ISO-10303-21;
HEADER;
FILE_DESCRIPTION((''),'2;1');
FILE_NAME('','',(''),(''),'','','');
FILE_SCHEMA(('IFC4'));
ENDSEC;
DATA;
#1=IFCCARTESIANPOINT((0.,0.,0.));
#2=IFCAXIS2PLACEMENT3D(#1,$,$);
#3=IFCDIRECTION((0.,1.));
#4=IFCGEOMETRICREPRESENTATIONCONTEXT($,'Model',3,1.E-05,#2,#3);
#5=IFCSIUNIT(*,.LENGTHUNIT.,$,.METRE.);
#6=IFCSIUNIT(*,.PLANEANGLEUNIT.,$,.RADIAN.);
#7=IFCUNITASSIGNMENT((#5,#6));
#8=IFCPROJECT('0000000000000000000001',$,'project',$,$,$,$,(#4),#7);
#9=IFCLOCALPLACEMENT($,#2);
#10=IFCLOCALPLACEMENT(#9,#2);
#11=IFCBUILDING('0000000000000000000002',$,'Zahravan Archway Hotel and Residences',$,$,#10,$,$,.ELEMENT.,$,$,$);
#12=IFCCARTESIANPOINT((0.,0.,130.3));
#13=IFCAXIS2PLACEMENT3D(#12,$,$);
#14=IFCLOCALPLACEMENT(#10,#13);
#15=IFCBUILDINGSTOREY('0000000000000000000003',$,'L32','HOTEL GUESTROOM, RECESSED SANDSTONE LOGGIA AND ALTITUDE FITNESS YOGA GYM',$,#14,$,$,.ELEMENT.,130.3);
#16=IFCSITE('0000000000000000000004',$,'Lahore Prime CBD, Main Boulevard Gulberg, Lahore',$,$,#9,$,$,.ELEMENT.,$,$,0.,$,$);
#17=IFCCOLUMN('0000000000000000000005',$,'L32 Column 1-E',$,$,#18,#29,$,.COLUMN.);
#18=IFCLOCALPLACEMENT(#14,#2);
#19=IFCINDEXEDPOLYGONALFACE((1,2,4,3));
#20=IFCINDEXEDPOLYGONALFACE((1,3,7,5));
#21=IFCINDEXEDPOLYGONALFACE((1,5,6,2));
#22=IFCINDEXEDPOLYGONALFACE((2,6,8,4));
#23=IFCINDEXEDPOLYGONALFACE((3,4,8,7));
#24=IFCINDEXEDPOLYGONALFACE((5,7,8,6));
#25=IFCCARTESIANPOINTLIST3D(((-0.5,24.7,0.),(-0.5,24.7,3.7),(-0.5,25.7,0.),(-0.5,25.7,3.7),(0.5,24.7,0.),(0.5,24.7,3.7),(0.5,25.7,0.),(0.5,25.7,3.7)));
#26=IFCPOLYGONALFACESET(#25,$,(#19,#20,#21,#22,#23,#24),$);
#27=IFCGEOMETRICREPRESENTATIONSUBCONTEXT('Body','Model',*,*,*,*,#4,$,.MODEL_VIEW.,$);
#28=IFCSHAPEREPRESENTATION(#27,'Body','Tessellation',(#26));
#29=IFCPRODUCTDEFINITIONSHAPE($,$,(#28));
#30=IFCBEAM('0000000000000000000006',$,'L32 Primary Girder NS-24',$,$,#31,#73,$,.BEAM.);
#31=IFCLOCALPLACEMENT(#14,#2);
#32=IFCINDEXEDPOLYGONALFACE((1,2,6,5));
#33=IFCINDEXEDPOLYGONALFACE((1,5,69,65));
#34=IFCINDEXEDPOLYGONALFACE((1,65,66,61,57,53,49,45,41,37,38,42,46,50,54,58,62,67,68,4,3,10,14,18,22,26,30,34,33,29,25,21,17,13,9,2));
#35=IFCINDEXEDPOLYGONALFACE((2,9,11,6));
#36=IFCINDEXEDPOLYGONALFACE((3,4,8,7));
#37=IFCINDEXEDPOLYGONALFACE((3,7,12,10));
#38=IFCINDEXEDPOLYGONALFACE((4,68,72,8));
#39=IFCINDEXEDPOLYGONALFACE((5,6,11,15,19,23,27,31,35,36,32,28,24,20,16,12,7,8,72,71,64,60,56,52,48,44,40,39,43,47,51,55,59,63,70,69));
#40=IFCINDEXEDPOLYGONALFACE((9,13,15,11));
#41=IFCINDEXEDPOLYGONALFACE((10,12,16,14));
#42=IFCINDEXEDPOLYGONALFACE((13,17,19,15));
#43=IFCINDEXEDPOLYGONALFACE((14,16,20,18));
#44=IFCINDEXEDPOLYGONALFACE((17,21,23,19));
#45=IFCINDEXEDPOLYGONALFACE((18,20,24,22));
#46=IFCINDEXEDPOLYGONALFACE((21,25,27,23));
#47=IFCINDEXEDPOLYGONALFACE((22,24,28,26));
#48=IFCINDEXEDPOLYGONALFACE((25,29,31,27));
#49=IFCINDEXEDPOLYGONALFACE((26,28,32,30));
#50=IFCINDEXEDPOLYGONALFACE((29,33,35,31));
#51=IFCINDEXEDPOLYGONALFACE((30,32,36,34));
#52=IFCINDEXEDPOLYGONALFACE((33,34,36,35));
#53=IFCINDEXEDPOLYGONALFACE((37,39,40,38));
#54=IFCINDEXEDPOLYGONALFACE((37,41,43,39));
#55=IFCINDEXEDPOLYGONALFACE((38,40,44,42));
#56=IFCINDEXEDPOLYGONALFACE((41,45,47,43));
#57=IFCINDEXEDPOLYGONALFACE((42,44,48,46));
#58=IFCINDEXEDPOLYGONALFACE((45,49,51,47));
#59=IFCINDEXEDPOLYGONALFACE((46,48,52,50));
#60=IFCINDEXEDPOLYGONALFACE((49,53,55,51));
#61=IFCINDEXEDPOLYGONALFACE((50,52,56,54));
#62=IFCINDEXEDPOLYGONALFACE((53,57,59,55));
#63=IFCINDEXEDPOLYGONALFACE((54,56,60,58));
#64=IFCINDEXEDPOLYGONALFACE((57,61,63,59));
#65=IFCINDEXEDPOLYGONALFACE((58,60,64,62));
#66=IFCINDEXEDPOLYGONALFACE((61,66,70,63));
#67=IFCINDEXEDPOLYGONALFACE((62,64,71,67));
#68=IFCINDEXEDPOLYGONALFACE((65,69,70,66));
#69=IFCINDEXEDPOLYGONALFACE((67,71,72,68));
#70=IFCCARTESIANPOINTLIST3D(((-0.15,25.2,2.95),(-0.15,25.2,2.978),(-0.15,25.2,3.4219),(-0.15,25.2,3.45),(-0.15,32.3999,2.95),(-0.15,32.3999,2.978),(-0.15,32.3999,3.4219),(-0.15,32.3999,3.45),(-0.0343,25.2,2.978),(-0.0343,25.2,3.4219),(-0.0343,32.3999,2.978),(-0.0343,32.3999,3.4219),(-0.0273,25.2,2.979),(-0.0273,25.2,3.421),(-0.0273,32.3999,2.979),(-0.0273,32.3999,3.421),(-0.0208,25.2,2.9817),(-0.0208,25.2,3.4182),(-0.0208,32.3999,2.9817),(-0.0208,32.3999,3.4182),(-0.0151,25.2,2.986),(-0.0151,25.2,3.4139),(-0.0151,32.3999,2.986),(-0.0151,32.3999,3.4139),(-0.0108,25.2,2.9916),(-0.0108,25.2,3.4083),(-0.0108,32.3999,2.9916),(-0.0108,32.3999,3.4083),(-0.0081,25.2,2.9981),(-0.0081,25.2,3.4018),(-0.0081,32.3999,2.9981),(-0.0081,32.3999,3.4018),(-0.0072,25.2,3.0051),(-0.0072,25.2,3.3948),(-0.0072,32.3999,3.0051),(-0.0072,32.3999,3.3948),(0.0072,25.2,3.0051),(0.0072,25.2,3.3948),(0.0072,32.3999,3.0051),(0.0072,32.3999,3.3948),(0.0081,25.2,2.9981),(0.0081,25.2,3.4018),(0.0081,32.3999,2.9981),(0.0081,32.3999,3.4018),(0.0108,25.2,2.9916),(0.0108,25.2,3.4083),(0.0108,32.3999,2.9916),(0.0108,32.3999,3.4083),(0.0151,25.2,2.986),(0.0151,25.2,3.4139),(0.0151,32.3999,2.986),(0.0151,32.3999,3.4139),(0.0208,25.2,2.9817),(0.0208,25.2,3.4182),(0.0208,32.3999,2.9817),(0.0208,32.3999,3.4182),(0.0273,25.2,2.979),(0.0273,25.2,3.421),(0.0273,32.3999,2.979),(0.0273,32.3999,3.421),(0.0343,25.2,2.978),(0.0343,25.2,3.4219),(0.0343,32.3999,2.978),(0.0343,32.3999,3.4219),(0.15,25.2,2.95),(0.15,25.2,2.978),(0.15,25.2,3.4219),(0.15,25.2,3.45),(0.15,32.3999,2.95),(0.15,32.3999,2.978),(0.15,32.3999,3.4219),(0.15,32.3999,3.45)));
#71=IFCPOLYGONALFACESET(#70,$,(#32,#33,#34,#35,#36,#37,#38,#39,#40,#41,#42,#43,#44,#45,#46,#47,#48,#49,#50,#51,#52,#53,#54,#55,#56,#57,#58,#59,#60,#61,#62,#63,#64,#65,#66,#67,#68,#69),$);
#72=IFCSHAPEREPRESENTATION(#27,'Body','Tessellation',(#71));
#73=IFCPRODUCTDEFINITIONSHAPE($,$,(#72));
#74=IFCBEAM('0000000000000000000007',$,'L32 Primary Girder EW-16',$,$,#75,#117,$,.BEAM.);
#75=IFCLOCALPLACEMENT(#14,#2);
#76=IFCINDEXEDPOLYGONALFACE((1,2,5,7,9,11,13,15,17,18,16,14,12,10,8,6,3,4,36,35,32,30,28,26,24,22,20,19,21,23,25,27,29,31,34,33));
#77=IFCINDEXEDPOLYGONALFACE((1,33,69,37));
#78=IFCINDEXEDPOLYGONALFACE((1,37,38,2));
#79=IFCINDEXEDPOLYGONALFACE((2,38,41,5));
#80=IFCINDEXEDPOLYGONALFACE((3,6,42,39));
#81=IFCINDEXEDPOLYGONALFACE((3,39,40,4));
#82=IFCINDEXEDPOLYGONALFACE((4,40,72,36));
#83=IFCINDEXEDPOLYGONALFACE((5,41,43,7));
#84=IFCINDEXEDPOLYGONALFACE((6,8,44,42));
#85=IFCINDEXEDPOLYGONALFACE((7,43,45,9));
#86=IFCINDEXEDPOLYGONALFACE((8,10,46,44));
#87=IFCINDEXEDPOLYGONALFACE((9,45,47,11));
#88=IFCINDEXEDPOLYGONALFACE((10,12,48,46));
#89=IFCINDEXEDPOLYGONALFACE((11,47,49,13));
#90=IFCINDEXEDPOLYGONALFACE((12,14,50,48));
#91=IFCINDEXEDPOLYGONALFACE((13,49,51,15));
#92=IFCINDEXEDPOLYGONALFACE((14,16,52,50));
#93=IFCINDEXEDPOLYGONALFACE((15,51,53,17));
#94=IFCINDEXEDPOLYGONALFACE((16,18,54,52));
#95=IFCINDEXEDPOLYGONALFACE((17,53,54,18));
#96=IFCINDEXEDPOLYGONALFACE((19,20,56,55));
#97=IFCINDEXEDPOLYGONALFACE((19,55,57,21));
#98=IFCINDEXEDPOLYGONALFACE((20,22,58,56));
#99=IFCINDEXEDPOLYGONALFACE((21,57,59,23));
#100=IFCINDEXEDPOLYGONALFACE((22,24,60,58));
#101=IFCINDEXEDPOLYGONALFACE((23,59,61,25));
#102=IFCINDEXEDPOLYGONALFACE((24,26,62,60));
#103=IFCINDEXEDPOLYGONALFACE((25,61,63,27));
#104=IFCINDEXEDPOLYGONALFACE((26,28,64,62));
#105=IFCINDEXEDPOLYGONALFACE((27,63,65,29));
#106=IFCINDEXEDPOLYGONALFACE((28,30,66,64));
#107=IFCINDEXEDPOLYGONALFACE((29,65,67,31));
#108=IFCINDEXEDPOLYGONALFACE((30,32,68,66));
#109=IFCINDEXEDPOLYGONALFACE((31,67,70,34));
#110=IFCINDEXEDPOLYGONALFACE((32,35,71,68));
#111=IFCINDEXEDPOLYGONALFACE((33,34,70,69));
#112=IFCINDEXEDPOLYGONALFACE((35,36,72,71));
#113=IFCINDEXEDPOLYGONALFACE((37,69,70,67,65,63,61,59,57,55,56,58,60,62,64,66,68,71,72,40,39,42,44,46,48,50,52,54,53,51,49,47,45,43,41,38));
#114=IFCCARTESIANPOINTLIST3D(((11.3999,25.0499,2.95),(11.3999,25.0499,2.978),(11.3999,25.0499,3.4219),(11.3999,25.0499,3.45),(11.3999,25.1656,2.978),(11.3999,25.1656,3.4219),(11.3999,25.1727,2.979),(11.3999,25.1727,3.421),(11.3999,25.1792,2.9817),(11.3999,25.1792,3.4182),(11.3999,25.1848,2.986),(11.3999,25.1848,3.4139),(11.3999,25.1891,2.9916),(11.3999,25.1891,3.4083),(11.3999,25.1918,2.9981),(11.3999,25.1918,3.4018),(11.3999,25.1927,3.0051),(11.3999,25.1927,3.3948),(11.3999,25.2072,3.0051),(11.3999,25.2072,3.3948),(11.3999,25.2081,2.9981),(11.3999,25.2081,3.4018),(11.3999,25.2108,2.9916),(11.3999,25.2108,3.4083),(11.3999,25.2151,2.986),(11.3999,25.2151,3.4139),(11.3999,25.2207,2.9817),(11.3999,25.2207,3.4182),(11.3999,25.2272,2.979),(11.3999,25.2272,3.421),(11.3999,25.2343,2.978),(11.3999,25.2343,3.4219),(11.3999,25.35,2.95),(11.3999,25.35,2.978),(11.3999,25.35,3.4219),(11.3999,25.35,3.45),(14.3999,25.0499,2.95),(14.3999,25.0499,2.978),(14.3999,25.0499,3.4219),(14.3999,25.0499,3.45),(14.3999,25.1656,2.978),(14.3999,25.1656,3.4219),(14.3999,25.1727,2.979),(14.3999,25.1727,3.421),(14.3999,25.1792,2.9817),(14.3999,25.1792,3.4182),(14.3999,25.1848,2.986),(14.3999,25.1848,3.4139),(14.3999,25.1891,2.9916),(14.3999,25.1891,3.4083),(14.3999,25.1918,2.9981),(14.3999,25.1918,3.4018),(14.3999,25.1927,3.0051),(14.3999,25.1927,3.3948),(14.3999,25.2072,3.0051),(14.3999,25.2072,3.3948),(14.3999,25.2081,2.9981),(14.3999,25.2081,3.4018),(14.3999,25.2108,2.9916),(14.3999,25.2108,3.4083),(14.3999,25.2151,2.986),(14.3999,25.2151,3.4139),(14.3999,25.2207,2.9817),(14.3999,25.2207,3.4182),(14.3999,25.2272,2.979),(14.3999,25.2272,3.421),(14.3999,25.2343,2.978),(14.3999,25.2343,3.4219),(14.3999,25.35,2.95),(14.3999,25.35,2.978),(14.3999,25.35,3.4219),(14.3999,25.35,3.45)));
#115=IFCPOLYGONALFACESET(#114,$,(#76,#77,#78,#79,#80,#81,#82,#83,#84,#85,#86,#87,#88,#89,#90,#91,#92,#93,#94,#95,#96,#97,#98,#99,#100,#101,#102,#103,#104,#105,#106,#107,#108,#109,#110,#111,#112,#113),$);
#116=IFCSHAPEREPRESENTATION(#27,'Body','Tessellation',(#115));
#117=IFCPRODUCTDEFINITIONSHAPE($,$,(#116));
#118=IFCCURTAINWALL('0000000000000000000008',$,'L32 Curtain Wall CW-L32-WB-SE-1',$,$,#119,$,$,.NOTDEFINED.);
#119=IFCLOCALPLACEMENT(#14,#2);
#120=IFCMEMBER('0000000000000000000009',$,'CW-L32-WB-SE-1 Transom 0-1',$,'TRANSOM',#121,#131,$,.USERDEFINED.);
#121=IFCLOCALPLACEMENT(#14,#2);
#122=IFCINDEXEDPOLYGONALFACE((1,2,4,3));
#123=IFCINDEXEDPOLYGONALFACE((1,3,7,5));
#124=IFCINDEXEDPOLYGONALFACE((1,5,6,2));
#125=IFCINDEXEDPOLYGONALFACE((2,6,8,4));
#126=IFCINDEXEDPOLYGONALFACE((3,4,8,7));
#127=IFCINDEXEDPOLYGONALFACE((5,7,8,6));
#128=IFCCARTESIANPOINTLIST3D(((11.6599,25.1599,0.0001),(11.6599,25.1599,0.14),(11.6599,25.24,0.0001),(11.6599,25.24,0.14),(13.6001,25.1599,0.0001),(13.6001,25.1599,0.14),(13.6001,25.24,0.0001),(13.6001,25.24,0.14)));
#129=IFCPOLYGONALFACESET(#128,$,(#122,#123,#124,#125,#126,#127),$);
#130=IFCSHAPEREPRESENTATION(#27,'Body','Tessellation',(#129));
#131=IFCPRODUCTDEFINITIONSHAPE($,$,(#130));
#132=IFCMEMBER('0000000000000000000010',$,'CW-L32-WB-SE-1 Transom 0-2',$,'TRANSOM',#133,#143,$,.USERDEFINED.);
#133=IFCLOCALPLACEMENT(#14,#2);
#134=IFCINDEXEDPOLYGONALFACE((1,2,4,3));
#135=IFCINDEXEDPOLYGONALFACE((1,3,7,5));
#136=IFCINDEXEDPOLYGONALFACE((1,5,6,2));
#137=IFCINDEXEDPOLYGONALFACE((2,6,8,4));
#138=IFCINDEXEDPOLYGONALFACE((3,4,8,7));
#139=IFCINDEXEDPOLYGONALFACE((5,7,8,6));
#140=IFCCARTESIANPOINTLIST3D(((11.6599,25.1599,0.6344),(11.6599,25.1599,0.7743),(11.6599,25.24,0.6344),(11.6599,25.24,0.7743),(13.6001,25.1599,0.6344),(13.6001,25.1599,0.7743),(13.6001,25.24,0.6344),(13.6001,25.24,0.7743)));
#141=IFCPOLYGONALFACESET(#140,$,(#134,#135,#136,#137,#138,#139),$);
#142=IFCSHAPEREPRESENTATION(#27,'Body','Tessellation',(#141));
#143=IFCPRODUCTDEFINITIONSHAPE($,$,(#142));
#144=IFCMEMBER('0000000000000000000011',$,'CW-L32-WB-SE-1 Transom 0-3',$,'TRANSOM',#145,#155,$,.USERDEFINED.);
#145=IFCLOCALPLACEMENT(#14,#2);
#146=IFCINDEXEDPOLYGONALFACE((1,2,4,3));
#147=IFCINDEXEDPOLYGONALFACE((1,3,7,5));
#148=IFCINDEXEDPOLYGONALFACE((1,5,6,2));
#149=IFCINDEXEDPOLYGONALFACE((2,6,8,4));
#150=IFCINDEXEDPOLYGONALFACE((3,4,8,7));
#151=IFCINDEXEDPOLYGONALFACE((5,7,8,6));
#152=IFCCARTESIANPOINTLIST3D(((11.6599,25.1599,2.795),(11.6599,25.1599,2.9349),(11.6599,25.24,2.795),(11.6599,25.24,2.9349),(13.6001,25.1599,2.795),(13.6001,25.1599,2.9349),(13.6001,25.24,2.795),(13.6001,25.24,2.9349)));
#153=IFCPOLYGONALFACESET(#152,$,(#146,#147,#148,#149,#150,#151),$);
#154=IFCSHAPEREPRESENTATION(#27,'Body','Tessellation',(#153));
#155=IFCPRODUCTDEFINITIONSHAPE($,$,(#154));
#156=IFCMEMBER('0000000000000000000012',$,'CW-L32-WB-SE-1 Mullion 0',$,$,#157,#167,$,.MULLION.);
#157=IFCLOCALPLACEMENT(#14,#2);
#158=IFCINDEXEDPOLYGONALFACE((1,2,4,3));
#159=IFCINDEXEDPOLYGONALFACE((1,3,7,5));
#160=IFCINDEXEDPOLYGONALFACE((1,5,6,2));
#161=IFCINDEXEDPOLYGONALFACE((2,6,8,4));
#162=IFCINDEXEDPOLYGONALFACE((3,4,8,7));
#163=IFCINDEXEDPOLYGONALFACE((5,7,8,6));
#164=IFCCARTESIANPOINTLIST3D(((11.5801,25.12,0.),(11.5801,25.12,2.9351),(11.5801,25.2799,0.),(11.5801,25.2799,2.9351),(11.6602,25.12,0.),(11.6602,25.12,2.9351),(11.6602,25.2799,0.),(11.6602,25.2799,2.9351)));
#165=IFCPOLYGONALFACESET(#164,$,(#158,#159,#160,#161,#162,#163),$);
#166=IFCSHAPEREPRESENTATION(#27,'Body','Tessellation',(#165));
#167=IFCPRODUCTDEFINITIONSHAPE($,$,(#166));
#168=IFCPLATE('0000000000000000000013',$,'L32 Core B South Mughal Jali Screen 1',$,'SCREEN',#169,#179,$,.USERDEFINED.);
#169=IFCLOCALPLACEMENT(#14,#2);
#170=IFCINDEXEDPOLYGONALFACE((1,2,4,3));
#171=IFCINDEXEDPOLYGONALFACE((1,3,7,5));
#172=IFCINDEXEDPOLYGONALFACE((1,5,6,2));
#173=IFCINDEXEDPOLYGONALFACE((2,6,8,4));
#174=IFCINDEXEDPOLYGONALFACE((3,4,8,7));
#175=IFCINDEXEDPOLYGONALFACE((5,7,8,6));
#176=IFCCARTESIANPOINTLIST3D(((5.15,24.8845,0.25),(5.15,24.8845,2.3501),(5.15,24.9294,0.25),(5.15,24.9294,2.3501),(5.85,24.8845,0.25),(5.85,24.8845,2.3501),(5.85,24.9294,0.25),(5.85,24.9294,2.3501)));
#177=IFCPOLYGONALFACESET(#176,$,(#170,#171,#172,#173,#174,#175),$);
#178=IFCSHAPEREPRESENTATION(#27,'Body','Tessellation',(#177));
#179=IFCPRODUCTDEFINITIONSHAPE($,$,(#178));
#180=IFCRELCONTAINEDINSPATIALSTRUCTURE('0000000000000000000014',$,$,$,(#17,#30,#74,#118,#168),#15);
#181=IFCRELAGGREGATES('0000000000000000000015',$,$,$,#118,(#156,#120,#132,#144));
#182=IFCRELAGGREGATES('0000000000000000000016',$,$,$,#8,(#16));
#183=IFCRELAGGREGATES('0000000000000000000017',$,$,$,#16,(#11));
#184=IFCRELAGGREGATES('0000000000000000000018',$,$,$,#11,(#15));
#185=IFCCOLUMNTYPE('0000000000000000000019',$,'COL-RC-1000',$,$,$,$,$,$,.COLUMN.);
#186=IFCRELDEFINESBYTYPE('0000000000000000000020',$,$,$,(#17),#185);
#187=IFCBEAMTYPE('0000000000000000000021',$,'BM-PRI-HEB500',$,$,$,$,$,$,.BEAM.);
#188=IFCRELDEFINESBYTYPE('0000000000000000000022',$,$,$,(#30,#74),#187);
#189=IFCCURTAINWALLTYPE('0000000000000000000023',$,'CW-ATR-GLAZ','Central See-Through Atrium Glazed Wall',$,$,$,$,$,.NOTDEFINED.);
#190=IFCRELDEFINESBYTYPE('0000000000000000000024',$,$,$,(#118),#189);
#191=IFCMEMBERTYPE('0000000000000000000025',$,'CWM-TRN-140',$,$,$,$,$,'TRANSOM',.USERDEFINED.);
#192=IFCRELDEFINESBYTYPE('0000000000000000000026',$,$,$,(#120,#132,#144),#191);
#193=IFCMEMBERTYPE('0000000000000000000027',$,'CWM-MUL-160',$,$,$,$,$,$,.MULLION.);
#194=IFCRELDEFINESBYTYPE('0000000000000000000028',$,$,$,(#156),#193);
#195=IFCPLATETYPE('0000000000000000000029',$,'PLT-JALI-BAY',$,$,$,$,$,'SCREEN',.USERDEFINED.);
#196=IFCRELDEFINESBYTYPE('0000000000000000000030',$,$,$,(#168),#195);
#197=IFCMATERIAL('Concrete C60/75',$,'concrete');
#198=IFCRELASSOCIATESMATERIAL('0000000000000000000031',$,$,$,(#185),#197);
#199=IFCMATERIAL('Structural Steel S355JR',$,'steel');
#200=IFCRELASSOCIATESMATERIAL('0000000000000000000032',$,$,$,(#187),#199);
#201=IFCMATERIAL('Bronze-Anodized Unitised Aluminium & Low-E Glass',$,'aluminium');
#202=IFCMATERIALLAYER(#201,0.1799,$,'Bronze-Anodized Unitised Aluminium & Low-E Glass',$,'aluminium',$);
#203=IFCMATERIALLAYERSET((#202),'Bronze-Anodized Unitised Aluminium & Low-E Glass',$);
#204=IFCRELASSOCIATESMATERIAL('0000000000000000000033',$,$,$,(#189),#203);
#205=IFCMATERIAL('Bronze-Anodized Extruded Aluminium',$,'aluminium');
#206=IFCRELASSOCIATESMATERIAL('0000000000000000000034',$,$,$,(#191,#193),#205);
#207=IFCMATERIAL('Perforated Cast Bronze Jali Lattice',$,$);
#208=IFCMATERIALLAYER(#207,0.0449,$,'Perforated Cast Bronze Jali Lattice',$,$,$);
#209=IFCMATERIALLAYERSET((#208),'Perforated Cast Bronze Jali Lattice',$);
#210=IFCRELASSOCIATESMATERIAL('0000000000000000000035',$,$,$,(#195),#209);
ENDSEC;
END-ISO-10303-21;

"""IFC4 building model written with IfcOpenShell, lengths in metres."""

from ifc_helpers import new_model, si_unit, direction, frame, origin, origin_2d, place, context, subcontext, project, spatial, rectangle, i_section, extrude, source, transform, mapped, material, layer, layer_set, material_profile, profile_set, type_object, type_shapes, element, aggregate, save


model = new_model("IFC4")

# Units and contexts
model_context = context("Model", 3, precision=1e-05, world=origin(), true_north=direction((0.0, 1.0)))
body_context = subcontext(model_context, "Body", "Model", "MODEL_VIEW")
ifc_project = project(units=[si_unit("LENGTHUNIT", "METRE"), si_unit("PLANEANGLEUNIT", "RADIAN")], contexts=[model_context])

# Site, building, storey
site_placement = place(None, origin())
site = spatial("IfcSite", under=ifc_project, at=site_placement, Name="Lahore Prime CBD, Main Boulevard Gulberg, Lahore", CompositionType="ELEMENT", RefElevation=0.0)
building_placement = place(site_placement, origin())
building = spatial("IfcBuilding", under=site, at=building_placement, Name="Zahravan Archway Hotel and Residences", CompositionType="ELEMENT")
storey_placement = place(building_placement, frame((0.0, 0.0, 130.3)))
storey = spatial("IfcBuildingStorey", under=building, at=storey_placement, Name="L32", Description="HOTEL GUESTROOM, RECESSED SANDSTONE LOGGIA AND ALTITUDE FITNESS YOGA GYM", CompositionType="ELEMENT", Elevation=130.3)

# Column
ifc_material_1 = material(Name="Concrete C60/75", Category="concrete")
ifc_material_profile_1 = material_profile(ifc_material_1, rectangle(XDim=1.0, YDim=1.0, at=origin_2d()), Name="RC-COL-1000x1000", Category="concrete")
ifc_profile_set_1 = profile_set([ifc_material_profile_1], Name="Concrete C60/75")
column_type = type_object("IfcColumnType", Name="COL-RC-1000", PredefinedType="COLUMN", material=ifc_profile_set_1)
shared_shape_1 = source(origin(), body_context, "Body", "SweptSolid", [
    extrude(rectangle(XDim=1.0, YDim=1.0, at=origin_2d()), origin(), (0.0, 0.0, 1.0), 3.7),
])
type_shapes(column_type, [shared_shape_1])
column_placement = place(storey_placement, frame((0.0, 25.2, 0.0), z_axis=(0.0, 0.0, 1.0), x_axis=(1.0, 0.0, 0.0)))
element("IfcColumn", 1, at=column_placement, inside=storey, type_object=column_type, Name="L32 Column 1-E", PredefinedType="COLUMN", context=body_context, shape_type="MappedRepresentation", body=[
    mapped(shared_shape_1, transform((0.0, 0.0, 0.0), scale=1.0)),
])

# Beams
ifc_material_2 = material(Name="Structural Steel S355JR", Category="steel")
ifc_material_profile_2 = material_profile(ifc_material_2, i_section(OverallWidth=0.3, OverallDepth=0.5, WebThickness=0.0144, FlangeThickness=0.0281, FilletRadius=0.0271, at=origin_2d()), Name="HEB 500", Category="steel")
ifc_profile_set_2 = profile_set([ifc_material_profile_2], Name="Structural Steel S355JR")
beam_type = type_object("IfcBeamType", Name="BM-PRI-HEB500", PredefinedType="BEAM", material=ifc_profile_set_2)
shared_shape_2 = source(origin(), body_context, "Body", "SweptSolid", [
    extrude(i_section(OverallWidth=0.3, OverallDepth=0.5, WebThickness=0.0144, FlangeThickness=0.0281, FilletRadius=0.0271, at=origin_2d()), origin(), (0.0, 0.0, 1.0), 7.2),
])
beam_1_placement = place(storey_placement, frame((0.0, 25.2, 3.2), z_axis=(0.0, 1.0, 0.0), x_axis=(-1.0, 0.0, 0.0)))
element("IfcBeam", 2, at=beam_1_placement, inside=storey, type_object=beam_type, Name="L32 Primary Girder NS-24", PredefinedType="BEAM", context=body_context, shape_type="MappedRepresentation", body=[
    mapped(shared_shape_2, transform((0.0, 0.0, 0.0), scale=1.0)),
])
shared_shape_3 = source(origin(), body_context, "Body", "SweptSolid", [
    extrude(i_section(OverallWidth=0.3, OverallDepth=0.5, WebThickness=0.0144, FlangeThickness=0.0281, FilletRadius=0.0271, at=origin_2d()), origin(), (0.0, 0.0, 1.0), 3.0),
])
beam_2_placement = place(storey_placement, frame((11.3999, 25.2, 3.2), z_axis=(1.0, 0.0, 0.0), x_axis=(0.0, 1.0, 0.0)))
element("IfcBeam", 3, at=beam_2_placement, inside=storey, type_object=beam_type, Name="L32 Primary Girder EW-16", PredefinedType="BEAM", context=body_context, shape_type="MappedRepresentation", body=[
    mapped(shared_shape_3, transform((0.0, 0.0, 0.0), scale=1.0)),
])

# Curtain wall, members
ifc_material_3 = material(Name="Bronze-Anodized Unitised Aluminium & Low-E Glass", Category="aluminium")
ifc_layer_1 = layer(ifc_material_3, 0.1799, Name="Bronze-Anodized Unitised Aluminium & Low-E Glass", Category="aluminium")
ifc_layer_set_1 = layer_set([ifc_layer_1], Name="Bronze-Anodized Unitised Aluminium & Low-E Glass")
curtain_wall_type = type_object("IfcCurtainWallType", Name="CW-ATR-GLAZ", Description="Central See-Through Atrium Glazed Wall", PredefinedType="NOTDEFINED", material=ifc_layer_set_1)
curtain_wall_placement = place(storey_placement, origin())
curtain_wall = element("IfcCurtainWall", 4, at=curtain_wall_placement, inside=storey, type_object=curtain_wall_type, Name="L32 Curtain Wall CW-L32-WB-SE-1", PredefinedType="NOTDEFINED")
ifc_material_4 = material(Name="Bronze-Anodized Extruded Aluminium", Category="aluminium")
ifc_material_profile_3 = material_profile(ifc_material_4, rectangle(XDim=0.0801, YDim=0.1399, at=origin_2d()), Name="TRN 80x140", Category="aluminium")
ifc_profile_set_3 = profile_set([ifc_material_profile_3], Name="Bronze-Anodized Extruded Aluminium")
member_type_1 = type_object("IfcMemberType", Name="CWM-TRN-140", ElementType="TRANSOM", PredefinedType="USERDEFINED", material=ifc_profile_set_3)
shared_shape_4 = source(origin(), body_context, "Body", "SweptSolid", [
    extrude(rectangle(XDim=0.0801, YDim=0.1399, at=origin_2d()), origin(), (0.0, 0.0, 1.0), 1.9402),
])
member_1_placement = place(storey_placement, frame((11.6599, 25.2, 0.0701), z_axis=(1.0, 0.0, 0.0), x_axis=(0.0, 1.0, 0.0)))
member_1 = element("IfcMember", 5, at=member_1_placement, type_object=member_type_1, Name="CW-L32-WB-SE-1 Transom 0-1", ObjectType="TRANSOM", PredefinedType="USERDEFINED", context=body_context, shape_type="MappedRepresentation", body=[
    mapped(shared_shape_4, transform((0.0, 0.0, 0.0), scale=1.0)),
])
member_2_placement = place(storey_placement, frame((11.6599, 25.2, 0.7043), z_axis=(1.0, 0.0, 0.0), x_axis=(0.0, 1.0, 0.0)))
member_2 = element("IfcMember", 6, at=member_2_placement, type_object=member_type_1, Name="CW-L32-WB-SE-1 Transom 0-2", ObjectType="TRANSOM", PredefinedType="USERDEFINED", context=body_context, shape_type="MappedRepresentation", body=[
    mapped(shared_shape_4, transform((0.0, 0.0, 0.0), scale=1.0)),
])
member_3_placement = place(storey_placement, frame((11.6599, 25.2, 2.865), z_axis=(1.0, 0.0, 0.0), x_axis=(0.0, 1.0, 0.0)))
member_3 = element("IfcMember", 7, at=member_3_placement, type_object=member_type_1, Name="CW-L32-WB-SE-1 Transom 0-3", ObjectType="TRANSOM", PredefinedType="USERDEFINED", context=body_context, shape_type="MappedRepresentation", body=[
    mapped(shared_shape_4, transform((0.0, 0.0, 0.0), scale=1.0)),
])
ifc_material_profile_4 = material_profile(ifc_material_4, rectangle(XDim=0.0801, YDim=0.1599, at=origin_2d()), Name="MUL 80x160", Category="aluminium")
ifc_profile_set_4 = profile_set([ifc_material_profile_4], Name="Bronze-Anodized Extruded Aluminium")
member_type_2 = type_object("IfcMemberType", Name="CWM-MUL-160", PredefinedType="MULLION", material=ifc_profile_set_4)
shared_shape_5 = source(origin(), body_context, "Body", "SweptSolid", [
    extrude(rectangle(XDim=0.0801, YDim=0.1599, at=origin_2d()), origin(), (0.0, 0.0, 1.0), 2.9351),
])
member_4_placement = place(storey_placement, frame((11.6201, 25.2, 0.0), z_axis=(0.0, 0.0, 1.0), x_axis=(1.0, 0.0, 0.0)))
member_4 = element("IfcMember", 8, at=member_4_placement, type_object=member_type_2, Name="CW-L32-WB-SE-1 Mullion 0", PredefinedType="MULLION", context=body_context, shape_type="MappedRepresentation", body=[
    mapped(shared_shape_5, transform((0.0, 0.0, 0.0), scale=1.0)),
])

# Plate
ifc_material_5 = material(Name="Perforated Cast Bronze Jali Lattice")
ifc_layer_2 = layer(ifc_material_5, 0.0449, Name="Perforated Cast Bronze Jali Lattice")
ifc_layer_set_2 = layer_set([ifc_layer_2], Name="Perforated Cast Bronze Jali Lattice")
plate_type_1 = type_object("IfcPlateType", Name="PLT-JALI-BAY", ElementType="SCREEN", PredefinedType="USERDEFINED", material=ifc_layer_set_2)
shared_shape_6 = source(origin(), body_context, "Body", "SweptSolid", [
    extrude(rectangle(XDim=0.7, YDim=0.0449, at=origin_2d()), origin(), (0.0, 0.0, 1.0), 2.1001),
])
type_shapes(plate_type_1, [shared_shape_6])
for number, where, z_axis, x_axis, name in (
    (9, (5.5, 24.907, 0.25), (0.0, 0.0, 1.0), (1.0, 0.0, 0.0), "L32 Core B South Mughal Jali Screen 1"),
):
    element("IfcPlate", number, at=place(storey_placement, frame(where, z_axis=z_axis, x_axis=x_axis)), inside=storey, type_object=plate_type_1, Name=name, ObjectType="SCREEN", PredefinedType="USERDEFINED", context=body_context, shape_type="MappedRepresentation", body=[
        mapped(shared_shape_6, transform((0.0, 0.0, 0.0), scale=1.0)),
    ])

aggregate(curtain_wall, [member_4, member_1, member_2, member_3])

save(model, "model.ifc")
